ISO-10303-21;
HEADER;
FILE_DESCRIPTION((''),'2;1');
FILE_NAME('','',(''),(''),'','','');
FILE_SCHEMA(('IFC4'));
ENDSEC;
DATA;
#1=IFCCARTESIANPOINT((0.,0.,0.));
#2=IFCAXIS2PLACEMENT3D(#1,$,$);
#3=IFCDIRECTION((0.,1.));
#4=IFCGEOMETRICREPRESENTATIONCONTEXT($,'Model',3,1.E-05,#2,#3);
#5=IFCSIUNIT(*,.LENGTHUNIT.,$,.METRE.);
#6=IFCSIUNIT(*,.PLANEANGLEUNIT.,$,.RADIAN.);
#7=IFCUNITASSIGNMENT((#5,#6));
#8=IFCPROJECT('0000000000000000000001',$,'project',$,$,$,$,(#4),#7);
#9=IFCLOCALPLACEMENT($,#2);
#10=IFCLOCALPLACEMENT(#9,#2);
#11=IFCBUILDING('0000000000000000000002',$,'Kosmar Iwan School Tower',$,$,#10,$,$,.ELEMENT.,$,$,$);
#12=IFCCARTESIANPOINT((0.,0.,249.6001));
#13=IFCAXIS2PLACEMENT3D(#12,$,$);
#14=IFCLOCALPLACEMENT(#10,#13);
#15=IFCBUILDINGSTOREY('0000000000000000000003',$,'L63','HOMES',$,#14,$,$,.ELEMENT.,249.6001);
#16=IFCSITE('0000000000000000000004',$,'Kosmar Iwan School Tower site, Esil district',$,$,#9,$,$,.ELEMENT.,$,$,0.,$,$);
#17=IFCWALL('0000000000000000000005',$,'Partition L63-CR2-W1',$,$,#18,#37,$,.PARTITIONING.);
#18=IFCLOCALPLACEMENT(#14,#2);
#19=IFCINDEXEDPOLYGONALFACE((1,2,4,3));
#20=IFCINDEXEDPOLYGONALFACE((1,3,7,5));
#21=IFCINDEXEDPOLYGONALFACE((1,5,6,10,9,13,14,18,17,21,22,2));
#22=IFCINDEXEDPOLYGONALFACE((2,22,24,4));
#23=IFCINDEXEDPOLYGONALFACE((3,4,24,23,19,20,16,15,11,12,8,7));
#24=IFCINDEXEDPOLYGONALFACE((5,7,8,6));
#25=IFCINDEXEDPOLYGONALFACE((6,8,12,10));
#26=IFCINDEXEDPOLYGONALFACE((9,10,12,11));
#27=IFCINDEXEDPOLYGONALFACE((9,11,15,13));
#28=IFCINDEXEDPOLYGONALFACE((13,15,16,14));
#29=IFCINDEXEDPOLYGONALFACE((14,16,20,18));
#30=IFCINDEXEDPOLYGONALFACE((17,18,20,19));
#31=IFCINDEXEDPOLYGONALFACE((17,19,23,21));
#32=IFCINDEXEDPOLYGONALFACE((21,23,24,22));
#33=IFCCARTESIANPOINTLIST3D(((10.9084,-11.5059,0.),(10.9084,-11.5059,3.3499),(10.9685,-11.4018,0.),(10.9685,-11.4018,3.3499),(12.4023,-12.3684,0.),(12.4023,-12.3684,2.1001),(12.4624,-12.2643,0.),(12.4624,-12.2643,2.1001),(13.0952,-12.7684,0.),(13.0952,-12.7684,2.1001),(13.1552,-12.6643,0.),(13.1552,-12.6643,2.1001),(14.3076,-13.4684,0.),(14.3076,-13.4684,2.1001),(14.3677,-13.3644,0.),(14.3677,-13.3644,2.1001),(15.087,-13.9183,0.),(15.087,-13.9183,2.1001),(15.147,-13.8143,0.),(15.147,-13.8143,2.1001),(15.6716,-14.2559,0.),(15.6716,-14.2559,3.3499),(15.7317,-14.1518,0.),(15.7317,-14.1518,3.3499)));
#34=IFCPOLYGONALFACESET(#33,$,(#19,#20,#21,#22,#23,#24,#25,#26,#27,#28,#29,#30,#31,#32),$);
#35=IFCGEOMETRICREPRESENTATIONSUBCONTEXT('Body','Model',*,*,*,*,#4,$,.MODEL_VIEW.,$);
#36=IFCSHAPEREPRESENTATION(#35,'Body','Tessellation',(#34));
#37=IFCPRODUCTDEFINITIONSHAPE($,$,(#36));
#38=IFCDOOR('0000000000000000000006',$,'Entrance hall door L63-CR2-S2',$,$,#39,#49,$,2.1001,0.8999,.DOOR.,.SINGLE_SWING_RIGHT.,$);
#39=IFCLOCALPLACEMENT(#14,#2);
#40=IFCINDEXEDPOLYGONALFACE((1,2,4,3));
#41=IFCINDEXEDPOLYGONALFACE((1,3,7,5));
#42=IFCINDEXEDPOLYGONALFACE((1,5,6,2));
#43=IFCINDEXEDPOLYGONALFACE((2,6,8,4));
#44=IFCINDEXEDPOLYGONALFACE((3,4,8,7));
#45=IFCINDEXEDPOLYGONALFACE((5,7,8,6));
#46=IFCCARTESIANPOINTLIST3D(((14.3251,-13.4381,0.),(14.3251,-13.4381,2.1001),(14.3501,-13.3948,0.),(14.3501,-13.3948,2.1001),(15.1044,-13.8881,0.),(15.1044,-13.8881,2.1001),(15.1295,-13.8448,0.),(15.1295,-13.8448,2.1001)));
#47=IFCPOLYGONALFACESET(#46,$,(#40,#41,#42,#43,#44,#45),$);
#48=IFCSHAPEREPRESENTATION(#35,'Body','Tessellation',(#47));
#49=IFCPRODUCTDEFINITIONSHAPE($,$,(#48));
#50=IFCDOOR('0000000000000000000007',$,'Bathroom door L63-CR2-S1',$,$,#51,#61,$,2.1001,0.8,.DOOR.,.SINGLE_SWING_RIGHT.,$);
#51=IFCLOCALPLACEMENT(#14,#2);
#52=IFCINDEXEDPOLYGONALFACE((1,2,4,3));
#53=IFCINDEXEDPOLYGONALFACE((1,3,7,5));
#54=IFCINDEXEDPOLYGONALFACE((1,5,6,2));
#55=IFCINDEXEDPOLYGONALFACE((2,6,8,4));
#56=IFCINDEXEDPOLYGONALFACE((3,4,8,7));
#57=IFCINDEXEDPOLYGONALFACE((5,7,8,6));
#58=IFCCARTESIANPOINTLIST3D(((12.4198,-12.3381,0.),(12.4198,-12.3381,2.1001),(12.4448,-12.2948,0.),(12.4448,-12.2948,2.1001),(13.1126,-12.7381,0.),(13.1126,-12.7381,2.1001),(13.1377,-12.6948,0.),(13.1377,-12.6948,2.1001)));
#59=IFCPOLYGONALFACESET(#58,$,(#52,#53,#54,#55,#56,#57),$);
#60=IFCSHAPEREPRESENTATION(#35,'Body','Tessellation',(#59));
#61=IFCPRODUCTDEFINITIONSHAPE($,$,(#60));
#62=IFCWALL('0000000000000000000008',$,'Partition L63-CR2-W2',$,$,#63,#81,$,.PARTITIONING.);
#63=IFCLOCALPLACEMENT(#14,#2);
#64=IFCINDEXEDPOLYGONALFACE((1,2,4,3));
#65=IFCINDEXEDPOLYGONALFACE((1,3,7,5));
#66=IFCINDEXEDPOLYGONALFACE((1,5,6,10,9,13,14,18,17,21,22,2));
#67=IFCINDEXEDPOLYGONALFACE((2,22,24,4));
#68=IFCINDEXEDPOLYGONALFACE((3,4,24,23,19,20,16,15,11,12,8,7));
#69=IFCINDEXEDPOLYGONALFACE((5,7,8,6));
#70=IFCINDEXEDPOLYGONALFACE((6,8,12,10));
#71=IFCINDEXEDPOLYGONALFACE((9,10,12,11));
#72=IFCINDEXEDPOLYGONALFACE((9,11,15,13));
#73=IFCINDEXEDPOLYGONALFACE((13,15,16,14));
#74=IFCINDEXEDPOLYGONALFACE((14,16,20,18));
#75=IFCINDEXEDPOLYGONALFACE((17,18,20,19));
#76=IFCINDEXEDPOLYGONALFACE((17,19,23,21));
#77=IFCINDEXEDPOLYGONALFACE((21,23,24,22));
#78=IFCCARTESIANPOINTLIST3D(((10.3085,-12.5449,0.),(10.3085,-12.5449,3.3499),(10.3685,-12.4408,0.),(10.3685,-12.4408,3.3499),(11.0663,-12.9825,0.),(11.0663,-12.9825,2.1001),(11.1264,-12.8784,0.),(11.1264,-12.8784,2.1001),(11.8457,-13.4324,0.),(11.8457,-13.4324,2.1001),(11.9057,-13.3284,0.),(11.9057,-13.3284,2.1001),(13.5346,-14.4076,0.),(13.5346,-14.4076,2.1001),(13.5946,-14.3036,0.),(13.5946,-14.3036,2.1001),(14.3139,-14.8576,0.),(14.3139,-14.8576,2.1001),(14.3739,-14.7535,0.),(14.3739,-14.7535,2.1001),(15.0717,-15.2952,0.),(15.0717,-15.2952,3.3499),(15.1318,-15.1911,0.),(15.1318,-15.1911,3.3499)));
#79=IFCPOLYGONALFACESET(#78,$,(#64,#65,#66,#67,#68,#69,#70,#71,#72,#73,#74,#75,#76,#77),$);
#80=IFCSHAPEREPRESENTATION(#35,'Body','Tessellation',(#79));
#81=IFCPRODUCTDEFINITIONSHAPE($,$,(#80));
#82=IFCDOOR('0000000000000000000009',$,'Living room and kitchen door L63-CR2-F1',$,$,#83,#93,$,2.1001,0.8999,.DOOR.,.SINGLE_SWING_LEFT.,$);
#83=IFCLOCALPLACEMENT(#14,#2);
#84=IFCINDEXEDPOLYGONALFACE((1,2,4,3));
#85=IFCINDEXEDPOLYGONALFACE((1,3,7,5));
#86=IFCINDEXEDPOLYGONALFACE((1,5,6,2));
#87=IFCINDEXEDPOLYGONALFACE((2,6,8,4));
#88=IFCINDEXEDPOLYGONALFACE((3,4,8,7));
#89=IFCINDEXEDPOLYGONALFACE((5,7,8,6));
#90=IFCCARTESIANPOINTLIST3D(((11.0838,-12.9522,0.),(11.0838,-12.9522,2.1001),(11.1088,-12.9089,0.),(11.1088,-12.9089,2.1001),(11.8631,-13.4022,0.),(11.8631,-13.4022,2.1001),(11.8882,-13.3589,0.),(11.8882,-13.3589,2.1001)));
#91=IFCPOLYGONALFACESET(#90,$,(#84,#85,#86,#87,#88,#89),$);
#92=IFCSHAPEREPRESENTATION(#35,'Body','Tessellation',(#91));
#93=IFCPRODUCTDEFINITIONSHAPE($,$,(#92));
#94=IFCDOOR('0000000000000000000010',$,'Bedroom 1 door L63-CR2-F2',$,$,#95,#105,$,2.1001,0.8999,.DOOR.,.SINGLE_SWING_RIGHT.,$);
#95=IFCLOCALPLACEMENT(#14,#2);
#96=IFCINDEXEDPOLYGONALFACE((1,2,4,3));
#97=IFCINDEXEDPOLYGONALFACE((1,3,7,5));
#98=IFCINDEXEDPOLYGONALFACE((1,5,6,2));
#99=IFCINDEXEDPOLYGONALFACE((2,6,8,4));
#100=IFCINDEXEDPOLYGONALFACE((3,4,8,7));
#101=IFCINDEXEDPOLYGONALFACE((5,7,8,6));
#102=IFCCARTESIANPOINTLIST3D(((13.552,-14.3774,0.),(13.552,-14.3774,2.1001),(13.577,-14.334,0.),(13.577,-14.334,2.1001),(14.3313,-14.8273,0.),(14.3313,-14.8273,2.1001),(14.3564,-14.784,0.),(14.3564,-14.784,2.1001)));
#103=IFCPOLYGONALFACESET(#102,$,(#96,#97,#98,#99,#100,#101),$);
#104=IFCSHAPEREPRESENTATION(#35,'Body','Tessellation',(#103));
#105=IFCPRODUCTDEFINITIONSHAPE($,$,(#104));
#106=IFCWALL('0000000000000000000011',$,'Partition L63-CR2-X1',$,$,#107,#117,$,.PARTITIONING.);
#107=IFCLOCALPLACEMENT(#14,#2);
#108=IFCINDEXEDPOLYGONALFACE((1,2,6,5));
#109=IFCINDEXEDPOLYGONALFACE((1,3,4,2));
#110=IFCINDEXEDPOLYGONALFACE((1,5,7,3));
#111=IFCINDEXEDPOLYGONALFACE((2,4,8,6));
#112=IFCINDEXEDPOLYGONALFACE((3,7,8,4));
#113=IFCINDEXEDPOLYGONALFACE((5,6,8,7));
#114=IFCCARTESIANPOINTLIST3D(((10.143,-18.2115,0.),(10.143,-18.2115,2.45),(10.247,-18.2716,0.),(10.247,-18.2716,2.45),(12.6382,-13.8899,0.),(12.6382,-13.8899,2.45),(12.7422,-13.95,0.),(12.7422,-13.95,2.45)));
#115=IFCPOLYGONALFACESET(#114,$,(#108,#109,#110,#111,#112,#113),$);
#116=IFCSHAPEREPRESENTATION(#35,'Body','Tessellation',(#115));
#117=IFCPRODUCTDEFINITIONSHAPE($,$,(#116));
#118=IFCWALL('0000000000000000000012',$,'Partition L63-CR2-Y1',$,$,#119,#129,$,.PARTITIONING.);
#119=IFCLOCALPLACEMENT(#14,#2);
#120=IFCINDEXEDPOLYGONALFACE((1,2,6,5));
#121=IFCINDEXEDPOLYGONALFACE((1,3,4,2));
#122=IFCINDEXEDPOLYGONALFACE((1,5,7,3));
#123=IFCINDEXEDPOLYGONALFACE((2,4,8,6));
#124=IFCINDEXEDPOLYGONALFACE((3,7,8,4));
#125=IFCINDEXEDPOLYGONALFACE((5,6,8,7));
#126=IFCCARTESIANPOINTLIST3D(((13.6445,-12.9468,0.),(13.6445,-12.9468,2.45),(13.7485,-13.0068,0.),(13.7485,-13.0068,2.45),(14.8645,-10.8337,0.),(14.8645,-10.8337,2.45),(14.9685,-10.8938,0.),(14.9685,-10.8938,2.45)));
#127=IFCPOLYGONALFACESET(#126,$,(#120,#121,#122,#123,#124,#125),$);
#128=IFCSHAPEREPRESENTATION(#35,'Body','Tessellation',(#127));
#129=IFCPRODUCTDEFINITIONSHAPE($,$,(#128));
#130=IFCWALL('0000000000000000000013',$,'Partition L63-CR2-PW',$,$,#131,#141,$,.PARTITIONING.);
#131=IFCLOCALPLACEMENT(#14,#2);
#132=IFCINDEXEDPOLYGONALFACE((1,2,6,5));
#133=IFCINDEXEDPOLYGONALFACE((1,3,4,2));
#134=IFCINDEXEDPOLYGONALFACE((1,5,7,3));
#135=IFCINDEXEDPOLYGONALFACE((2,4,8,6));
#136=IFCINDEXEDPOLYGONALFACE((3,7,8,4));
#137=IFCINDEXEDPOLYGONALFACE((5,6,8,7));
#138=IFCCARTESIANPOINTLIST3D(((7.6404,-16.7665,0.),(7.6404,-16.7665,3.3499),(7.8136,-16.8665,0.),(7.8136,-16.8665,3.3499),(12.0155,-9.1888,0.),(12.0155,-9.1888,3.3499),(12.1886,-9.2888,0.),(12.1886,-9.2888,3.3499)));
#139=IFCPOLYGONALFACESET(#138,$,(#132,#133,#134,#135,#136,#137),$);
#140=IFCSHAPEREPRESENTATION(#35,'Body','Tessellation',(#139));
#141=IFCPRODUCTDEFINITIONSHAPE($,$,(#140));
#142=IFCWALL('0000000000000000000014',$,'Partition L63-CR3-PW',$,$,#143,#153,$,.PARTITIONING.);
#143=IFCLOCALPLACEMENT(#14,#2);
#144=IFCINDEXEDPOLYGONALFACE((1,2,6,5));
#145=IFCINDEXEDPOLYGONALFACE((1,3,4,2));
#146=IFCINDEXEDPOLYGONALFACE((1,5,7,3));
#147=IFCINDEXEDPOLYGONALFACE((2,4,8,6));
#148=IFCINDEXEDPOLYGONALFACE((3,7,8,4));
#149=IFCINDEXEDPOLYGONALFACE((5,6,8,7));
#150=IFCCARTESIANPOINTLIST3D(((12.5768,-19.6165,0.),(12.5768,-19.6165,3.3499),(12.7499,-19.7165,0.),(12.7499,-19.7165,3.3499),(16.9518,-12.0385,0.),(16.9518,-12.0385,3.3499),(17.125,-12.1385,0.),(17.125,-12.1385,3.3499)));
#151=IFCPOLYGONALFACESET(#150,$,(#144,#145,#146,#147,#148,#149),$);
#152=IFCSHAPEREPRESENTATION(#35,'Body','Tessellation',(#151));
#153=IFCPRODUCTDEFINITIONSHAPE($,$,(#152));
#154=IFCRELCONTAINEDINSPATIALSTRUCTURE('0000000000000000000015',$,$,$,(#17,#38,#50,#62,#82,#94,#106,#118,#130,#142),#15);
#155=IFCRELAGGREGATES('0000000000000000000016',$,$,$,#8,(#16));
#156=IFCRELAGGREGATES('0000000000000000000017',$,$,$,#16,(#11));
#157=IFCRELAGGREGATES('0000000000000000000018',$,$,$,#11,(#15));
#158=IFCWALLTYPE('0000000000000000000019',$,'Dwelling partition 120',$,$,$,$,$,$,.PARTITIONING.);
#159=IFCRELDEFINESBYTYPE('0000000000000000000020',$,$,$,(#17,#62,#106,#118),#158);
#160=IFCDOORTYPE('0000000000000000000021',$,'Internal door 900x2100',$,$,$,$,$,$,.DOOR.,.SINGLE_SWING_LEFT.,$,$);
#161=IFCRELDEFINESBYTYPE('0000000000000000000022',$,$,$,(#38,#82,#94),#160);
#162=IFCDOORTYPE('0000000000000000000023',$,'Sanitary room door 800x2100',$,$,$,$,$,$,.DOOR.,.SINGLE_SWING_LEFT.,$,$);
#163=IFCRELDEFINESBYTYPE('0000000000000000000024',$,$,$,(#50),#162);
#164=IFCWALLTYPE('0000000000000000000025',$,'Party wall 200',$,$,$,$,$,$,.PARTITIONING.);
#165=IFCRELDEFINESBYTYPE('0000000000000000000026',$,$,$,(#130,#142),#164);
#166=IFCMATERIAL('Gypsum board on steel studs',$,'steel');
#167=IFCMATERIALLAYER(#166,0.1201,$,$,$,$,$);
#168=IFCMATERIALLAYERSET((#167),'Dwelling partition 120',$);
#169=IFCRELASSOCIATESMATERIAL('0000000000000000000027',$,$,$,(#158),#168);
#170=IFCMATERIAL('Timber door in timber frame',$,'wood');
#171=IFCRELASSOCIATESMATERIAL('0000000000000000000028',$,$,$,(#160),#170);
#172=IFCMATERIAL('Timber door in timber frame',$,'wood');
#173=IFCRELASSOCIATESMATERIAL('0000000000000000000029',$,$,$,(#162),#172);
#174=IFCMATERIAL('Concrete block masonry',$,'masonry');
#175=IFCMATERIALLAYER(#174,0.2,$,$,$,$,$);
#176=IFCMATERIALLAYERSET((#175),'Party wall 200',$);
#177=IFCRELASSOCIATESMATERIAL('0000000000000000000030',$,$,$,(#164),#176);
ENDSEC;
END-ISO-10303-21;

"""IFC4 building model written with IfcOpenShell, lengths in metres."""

from ifc_helpers import new_model, si_unit, direction, frame, frame_2d, origin, place, context, subcontext, project, spatial, rectangle, extrude, material, layer, layer_set, type_object, element, fill, save


model = new_model("IFC4")

# Units and contexts
model_context = context("Model", 3, precision=1e-05, world=origin(), true_north=direction((0.0, 1.0)))
body_context = subcontext(model_context, "Body", "Model", "MODEL_VIEW")
ifc_project = project(units=[si_unit("LENGTHUNIT", "METRE"), si_unit("PLANEANGLEUNIT", "RADIAN")], contexts=[model_context])

# Site, building, storey
site_placement = place(None, origin())
site = spatial("IfcSite", under=ifc_project, at=site_placement, Name="Kosmar Iwan School Tower site, Esil district", CompositionType="ELEMENT", RefElevation=0.0)
building_placement = place(site_placement, origin())
building = spatial("IfcBuilding", under=site, at=building_placement, Name="Kosmar Iwan School Tower", CompositionType="ELEMENT")
storey_placement = place(building_placement, frame((0.0, 0.0, 249.6001)))
storey = spatial("IfcBuildingStorey", under=building, at=storey_placement, Name="L63", Description="HOMES", CompositionType="ELEMENT", Elevation=249.6001)

# Shared definitions
ifc_material_1 = material(Name="Gypsum board on steel studs", Category="steel")
ifc_layer_1 = layer(ifc_material_1, 0.1201)
ifc_layer_set_1 = layer_set([ifc_layer_1], Name="Dwelling partition 120")
wall_type_1 = type_object("IfcWallType", Name="Dwelling partition 120", PredefinedType="PARTITIONING", material=ifc_layer_set_1)
ifc_material_2 = material(Name="Timber door in timber frame", Category="wood")
door_type_1 = type_object("IfcDoorType", Name="Internal door 900x2100", OperationType="SINGLE_SWING_LEFT", PredefinedType="DOOR", material=ifc_material_2)
ifc_material_3 = material(Name="Timber door in timber frame", Category="wood")
door_type_2 = type_object("IfcDoorType", Name="Sanitary room door 800x2100", OperationType="SINGLE_SWING_LEFT", PredefinedType="DOOR", material=ifc_material_3)

# Walls, openings, doors
wall_1_placement = place(storey_placement, frame((10.9385, -11.4539, 0.0), z_axis=(0.0, 0.0, 1.0), x_axis=(0.866027, -0.499997, 0.0)))
wall_1 = element("IfcWall", 1, at=wall_1_placement, inside=storey, type_object=wall_type_1, Name="Partition L63-CR2-W1", PredefinedType="PARTITIONING", context=body_context, shape_type="SweptSolid", body=[
    extrude(rectangle(XDim=5.5, YDim=0.1201, at=frame_2d((2.75, 0.0))), origin(), (0.0, 0.0, 1.0), 3.3499),
])
opening_1_placement = place(wall_1_placement, frame((1.7251, 0.0, 0.0)))
opening_1 = element("IfcOpeningElement", 2, at=opening_1_placement, cuts=wall_1, PredefinedType="OPENING", context=body_context, shape_type="SweptSolid", body=[
    extrude(rectangle(XDim=0.8, YDim=2.1001, at=frame_2d((0.3999, 1.05))), frame((0.0, 0.072, 0.0), z_axis=(0.0, -1.0, 0.0), x_axis=(1.0, 0.0, 0.0)), (0.0, 0.0, 1.0), 0.144),
])
opening_2_placement = place(wall_1_placement, frame((3.925, 0.0, 0.0)))
opening_2 = element("IfcOpeningElement", 3, at=opening_2_placement, cuts=wall_1, PredefinedType="OPENING", context=body_context, shape_type="SweptSolid", body=[
    extrude(rectangle(XDim=0.8999, YDim=2.1001, at=frame_2d((0.45, 1.05))), frame((0.0, 0.072, 0.0), z_axis=(0.0, -1.0, 0.0), x_axis=(1.0, 0.0, 0.0)), (0.0, 0.0, 1.0), 0.144),
])
door_1_placement = place(opening_2_placement, origin())
door_1 = element("IfcDoor", 4, at=door_1_placement, inside=storey, type_object=door_type_1, Name="Entrance hall door L63-CR2-S2", OperationType="SINGLE_SWING_RIGHT", OverallHeight=2.1001, OverallWidth=0.8999, PredefinedType="DOOR", context=body_context, shape_type="SweptSolid", body=[
    extrude(rectangle(XDim=0.8999, YDim=2.1001, at=frame_2d((0.45, 1.05))), frame((0.0, 0.0249, 0.0), z_axis=(0.0, -1.0, 0.0), x_axis=(1.0, 0.0, 0.0)), (0.0, 0.0, 1.0), 0.05),
])
fill(opening_2, door_1)
door_2_placement = place(opening_1_placement, origin())
door_2 = element("IfcDoor", 5, at=door_2_placement, inside=storey, type_object=door_type_2, Name="Bathroom door L63-CR2-S1", OperationType="SINGLE_SWING_RIGHT", OverallHeight=2.1001, OverallWidth=0.8, PredefinedType="DOOR", context=body_context, shape_type="SweptSolid", body=[
    extrude(rectangle(XDim=0.8, YDim=2.1001, at=frame_2d((0.3999, 1.05))), frame((0.0, 0.0249, 0.0), z_axis=(0.0, -1.0, 0.0), x_axis=(1.0, 0.0, 0.0)), (0.0, 0.0, 1.0), 0.05),
])
fill(opening_1, door_2)
wall_2_placement = place(storey_placement, frame((10.3386, -12.4929, 0.0), z_axis=(0.0, 0.0, 1.0), x_axis=(0.866008, -0.50003, 0.0)))
wall_2 = element("IfcWall", 6, at=wall_2_placement, inside=storey, type_object=wall_type_1, Name="Partition L63-CR2-W2", PredefinedType="PARTITIONING", context=body_context, shape_type="SweptSolid", body=[
    extrude(rectangle(XDim=5.5002, YDim=0.1201, at=frame_2d((2.75, 0.0))), origin(), (0.0, 0.0, 1.0), 3.3499),
])
opening_3_placement = place(wall_2_placement, frame((0.875, 0.0, 0.0)))
opening_3 = element("IfcOpeningElement", 7, at=opening_3_placement, cuts=wall_2, PredefinedType="OPENING", context=body_context, shape_type="SweptSolid", body=[
    extrude(rectangle(XDim=0.8999, YDim=2.1001, at=frame_2d((0.45, 1.05))), frame((0.0, 0.072, 0.0), z_axis=(0.0, -1.0, 0.0), x_axis=(1.0, 0.0, 0.0)), (0.0, 0.0, 1.0), 0.144),
])
opening_4_placement = place(wall_2_placement, frame((3.7251, 0.0, 0.0)))
opening_4 = element("IfcOpeningElement", 8, at=opening_4_placement, cuts=wall_2, PredefinedType="OPENING", context=body_context, shape_type="SweptSolid", body=[
    extrude(rectangle(XDim=0.8999, YDim=2.1001, at=frame_2d((0.45, 1.05))), frame((0.0, 0.072, 0.0), z_axis=(0.0, -1.0, 0.0), x_axis=(1.0, 0.0, 0.0)), (0.0, 0.0, 1.0), 0.144),
])
door_3_placement = place(opening_3_placement, origin())
door_3 = element("IfcDoor", 9, at=door_3_placement, inside=storey, type_object=door_type_1, Name="Living room and kitchen door L63-CR2-F1", OperationType="SINGLE_SWING_LEFT", OverallHeight=2.1001, OverallWidth=0.8999, PredefinedType="DOOR", context=body_context, shape_type="SweptSolid", body=[
    extrude(rectangle(XDim=0.8999, YDim=2.1001, at=frame_2d((0.45, 1.05))), frame((0.0, 0.0249, 0.0), z_axis=(0.0, -1.0, 0.0), x_axis=(1.0, 0.0, 0.0)), (0.0, 0.0, 1.0), 0.05),
])
fill(opening_3, door_3)
door_4_placement = place(opening_4_placement, origin())
door_4 = element("IfcDoor", 10, at=door_4_placement, inside=storey, type_object=door_type_1, Name="Bedroom 1 door L63-CR2-F2", OperationType="SINGLE_SWING_RIGHT", OverallHeight=2.1001, OverallWidth=0.8999, PredefinedType="DOOR", context=body_context, shape_type="SweptSolid", body=[
    extrude(rectangle(XDim=0.8999, YDim=2.1001, at=frame_2d((0.45, 1.05))), frame((0.0, 0.0249, 0.0), z_axis=(0.0, -1.0, 0.0), x_axis=(1.0, 0.0, 0.0)), (0.0, 0.0, 1.0), 0.05),
])
fill(opening_4, door_4)

# Walls
wall_3_placement = place(storey_placement, frame((12.6902, -13.9199, 0.0), z_axis=(0.0, 0.0, 1.0), x_axis=(-0.500012, -0.866019, 0.0)))
element("IfcWall", 11, at=wall_3_placement, inside=storey, type_object=wall_type_1, Name="Partition L63-CR2-X1", PredefinedType="PARTITIONING", context=body_context, shape_type="SweptSolid", body=[
    extrude(rectangle(XDim=4.9902, YDim=0.1201, at=frame_2d((2.4951, 0.0))), origin(), (0.0, 0.0, 1.0), 2.45),
])
wall_4_placement = place(storey_placement, frame((14.9165, -10.8638, 0.0), z_axis=(0.0, 0.0, 1.0), x_axis=(-0.500003, -0.866024, 0.0)))
element("IfcWall", 12, at=wall_4_placement, inside=storey, type_object=wall_type_1, Name="Partition L63-CR2-Y1", PredefinedType="PARTITIONING", context=body_context, shape_type="SweptSolid", body=[
    extrude(rectangle(XDim=2.4399, YDim=0.1201, at=frame_2d((1.22, 0.0))), origin(), (0.0, 0.0, 1.0), 2.45),
])
ifc_material_4 = material(Name="Concrete block masonry", Category="masonry")
ifc_layer_2 = layer(ifc_material_4, 0.2)
ifc_layer_set_2 = layer_set([ifc_layer_2], Name="Party wall 200")
wall_type_2 = type_object("IfcWallType", Name="Party wall 200", PredefinedType="PARTITIONING", material=ifc_layer_set_2)
wall_5_placement = place(storey_placement, frame((12.1021, -9.2388, 0.0), z_axis=(0.0, 0.0, 1.0), x_axis=(-0.500004, -0.866023, 0.0)))
element("IfcWall", 13, at=wall_5_placement, inside=storey, type_object=wall_type_2, Name="Partition L63-CR2-PW", PredefinedType="PARTITIONING", context=body_context, shape_type="SweptSolid", body=[
    extrude(rectangle(XDim=8.75, YDim=0.2, at=frame_2d((4.375, 0.0))), origin(), (0.0, 0.0, 1.0), 3.3499),
])
wall_6_placement = place(storey_placement, frame((17.0383, -12.0886, 0.0), z_axis=(0.0, 0.0, 1.0), x_axis=(-0.499992, -0.86603, 0.0)))
element("IfcWall", 14, at=wall_6_placement, inside=storey, type_object=wall_type_2, Name="Partition L63-CR3-PW", PredefinedType="PARTITIONING", context=body_context, shape_type="SweptSolid", body=[
    extrude(rectangle(XDim=8.7502, YDim=0.2, at=frame_2d((4.375, 0.0))), origin(), (0.0, 0.0, 1.0), 3.3499),
])

save(model, "model.ifc")
